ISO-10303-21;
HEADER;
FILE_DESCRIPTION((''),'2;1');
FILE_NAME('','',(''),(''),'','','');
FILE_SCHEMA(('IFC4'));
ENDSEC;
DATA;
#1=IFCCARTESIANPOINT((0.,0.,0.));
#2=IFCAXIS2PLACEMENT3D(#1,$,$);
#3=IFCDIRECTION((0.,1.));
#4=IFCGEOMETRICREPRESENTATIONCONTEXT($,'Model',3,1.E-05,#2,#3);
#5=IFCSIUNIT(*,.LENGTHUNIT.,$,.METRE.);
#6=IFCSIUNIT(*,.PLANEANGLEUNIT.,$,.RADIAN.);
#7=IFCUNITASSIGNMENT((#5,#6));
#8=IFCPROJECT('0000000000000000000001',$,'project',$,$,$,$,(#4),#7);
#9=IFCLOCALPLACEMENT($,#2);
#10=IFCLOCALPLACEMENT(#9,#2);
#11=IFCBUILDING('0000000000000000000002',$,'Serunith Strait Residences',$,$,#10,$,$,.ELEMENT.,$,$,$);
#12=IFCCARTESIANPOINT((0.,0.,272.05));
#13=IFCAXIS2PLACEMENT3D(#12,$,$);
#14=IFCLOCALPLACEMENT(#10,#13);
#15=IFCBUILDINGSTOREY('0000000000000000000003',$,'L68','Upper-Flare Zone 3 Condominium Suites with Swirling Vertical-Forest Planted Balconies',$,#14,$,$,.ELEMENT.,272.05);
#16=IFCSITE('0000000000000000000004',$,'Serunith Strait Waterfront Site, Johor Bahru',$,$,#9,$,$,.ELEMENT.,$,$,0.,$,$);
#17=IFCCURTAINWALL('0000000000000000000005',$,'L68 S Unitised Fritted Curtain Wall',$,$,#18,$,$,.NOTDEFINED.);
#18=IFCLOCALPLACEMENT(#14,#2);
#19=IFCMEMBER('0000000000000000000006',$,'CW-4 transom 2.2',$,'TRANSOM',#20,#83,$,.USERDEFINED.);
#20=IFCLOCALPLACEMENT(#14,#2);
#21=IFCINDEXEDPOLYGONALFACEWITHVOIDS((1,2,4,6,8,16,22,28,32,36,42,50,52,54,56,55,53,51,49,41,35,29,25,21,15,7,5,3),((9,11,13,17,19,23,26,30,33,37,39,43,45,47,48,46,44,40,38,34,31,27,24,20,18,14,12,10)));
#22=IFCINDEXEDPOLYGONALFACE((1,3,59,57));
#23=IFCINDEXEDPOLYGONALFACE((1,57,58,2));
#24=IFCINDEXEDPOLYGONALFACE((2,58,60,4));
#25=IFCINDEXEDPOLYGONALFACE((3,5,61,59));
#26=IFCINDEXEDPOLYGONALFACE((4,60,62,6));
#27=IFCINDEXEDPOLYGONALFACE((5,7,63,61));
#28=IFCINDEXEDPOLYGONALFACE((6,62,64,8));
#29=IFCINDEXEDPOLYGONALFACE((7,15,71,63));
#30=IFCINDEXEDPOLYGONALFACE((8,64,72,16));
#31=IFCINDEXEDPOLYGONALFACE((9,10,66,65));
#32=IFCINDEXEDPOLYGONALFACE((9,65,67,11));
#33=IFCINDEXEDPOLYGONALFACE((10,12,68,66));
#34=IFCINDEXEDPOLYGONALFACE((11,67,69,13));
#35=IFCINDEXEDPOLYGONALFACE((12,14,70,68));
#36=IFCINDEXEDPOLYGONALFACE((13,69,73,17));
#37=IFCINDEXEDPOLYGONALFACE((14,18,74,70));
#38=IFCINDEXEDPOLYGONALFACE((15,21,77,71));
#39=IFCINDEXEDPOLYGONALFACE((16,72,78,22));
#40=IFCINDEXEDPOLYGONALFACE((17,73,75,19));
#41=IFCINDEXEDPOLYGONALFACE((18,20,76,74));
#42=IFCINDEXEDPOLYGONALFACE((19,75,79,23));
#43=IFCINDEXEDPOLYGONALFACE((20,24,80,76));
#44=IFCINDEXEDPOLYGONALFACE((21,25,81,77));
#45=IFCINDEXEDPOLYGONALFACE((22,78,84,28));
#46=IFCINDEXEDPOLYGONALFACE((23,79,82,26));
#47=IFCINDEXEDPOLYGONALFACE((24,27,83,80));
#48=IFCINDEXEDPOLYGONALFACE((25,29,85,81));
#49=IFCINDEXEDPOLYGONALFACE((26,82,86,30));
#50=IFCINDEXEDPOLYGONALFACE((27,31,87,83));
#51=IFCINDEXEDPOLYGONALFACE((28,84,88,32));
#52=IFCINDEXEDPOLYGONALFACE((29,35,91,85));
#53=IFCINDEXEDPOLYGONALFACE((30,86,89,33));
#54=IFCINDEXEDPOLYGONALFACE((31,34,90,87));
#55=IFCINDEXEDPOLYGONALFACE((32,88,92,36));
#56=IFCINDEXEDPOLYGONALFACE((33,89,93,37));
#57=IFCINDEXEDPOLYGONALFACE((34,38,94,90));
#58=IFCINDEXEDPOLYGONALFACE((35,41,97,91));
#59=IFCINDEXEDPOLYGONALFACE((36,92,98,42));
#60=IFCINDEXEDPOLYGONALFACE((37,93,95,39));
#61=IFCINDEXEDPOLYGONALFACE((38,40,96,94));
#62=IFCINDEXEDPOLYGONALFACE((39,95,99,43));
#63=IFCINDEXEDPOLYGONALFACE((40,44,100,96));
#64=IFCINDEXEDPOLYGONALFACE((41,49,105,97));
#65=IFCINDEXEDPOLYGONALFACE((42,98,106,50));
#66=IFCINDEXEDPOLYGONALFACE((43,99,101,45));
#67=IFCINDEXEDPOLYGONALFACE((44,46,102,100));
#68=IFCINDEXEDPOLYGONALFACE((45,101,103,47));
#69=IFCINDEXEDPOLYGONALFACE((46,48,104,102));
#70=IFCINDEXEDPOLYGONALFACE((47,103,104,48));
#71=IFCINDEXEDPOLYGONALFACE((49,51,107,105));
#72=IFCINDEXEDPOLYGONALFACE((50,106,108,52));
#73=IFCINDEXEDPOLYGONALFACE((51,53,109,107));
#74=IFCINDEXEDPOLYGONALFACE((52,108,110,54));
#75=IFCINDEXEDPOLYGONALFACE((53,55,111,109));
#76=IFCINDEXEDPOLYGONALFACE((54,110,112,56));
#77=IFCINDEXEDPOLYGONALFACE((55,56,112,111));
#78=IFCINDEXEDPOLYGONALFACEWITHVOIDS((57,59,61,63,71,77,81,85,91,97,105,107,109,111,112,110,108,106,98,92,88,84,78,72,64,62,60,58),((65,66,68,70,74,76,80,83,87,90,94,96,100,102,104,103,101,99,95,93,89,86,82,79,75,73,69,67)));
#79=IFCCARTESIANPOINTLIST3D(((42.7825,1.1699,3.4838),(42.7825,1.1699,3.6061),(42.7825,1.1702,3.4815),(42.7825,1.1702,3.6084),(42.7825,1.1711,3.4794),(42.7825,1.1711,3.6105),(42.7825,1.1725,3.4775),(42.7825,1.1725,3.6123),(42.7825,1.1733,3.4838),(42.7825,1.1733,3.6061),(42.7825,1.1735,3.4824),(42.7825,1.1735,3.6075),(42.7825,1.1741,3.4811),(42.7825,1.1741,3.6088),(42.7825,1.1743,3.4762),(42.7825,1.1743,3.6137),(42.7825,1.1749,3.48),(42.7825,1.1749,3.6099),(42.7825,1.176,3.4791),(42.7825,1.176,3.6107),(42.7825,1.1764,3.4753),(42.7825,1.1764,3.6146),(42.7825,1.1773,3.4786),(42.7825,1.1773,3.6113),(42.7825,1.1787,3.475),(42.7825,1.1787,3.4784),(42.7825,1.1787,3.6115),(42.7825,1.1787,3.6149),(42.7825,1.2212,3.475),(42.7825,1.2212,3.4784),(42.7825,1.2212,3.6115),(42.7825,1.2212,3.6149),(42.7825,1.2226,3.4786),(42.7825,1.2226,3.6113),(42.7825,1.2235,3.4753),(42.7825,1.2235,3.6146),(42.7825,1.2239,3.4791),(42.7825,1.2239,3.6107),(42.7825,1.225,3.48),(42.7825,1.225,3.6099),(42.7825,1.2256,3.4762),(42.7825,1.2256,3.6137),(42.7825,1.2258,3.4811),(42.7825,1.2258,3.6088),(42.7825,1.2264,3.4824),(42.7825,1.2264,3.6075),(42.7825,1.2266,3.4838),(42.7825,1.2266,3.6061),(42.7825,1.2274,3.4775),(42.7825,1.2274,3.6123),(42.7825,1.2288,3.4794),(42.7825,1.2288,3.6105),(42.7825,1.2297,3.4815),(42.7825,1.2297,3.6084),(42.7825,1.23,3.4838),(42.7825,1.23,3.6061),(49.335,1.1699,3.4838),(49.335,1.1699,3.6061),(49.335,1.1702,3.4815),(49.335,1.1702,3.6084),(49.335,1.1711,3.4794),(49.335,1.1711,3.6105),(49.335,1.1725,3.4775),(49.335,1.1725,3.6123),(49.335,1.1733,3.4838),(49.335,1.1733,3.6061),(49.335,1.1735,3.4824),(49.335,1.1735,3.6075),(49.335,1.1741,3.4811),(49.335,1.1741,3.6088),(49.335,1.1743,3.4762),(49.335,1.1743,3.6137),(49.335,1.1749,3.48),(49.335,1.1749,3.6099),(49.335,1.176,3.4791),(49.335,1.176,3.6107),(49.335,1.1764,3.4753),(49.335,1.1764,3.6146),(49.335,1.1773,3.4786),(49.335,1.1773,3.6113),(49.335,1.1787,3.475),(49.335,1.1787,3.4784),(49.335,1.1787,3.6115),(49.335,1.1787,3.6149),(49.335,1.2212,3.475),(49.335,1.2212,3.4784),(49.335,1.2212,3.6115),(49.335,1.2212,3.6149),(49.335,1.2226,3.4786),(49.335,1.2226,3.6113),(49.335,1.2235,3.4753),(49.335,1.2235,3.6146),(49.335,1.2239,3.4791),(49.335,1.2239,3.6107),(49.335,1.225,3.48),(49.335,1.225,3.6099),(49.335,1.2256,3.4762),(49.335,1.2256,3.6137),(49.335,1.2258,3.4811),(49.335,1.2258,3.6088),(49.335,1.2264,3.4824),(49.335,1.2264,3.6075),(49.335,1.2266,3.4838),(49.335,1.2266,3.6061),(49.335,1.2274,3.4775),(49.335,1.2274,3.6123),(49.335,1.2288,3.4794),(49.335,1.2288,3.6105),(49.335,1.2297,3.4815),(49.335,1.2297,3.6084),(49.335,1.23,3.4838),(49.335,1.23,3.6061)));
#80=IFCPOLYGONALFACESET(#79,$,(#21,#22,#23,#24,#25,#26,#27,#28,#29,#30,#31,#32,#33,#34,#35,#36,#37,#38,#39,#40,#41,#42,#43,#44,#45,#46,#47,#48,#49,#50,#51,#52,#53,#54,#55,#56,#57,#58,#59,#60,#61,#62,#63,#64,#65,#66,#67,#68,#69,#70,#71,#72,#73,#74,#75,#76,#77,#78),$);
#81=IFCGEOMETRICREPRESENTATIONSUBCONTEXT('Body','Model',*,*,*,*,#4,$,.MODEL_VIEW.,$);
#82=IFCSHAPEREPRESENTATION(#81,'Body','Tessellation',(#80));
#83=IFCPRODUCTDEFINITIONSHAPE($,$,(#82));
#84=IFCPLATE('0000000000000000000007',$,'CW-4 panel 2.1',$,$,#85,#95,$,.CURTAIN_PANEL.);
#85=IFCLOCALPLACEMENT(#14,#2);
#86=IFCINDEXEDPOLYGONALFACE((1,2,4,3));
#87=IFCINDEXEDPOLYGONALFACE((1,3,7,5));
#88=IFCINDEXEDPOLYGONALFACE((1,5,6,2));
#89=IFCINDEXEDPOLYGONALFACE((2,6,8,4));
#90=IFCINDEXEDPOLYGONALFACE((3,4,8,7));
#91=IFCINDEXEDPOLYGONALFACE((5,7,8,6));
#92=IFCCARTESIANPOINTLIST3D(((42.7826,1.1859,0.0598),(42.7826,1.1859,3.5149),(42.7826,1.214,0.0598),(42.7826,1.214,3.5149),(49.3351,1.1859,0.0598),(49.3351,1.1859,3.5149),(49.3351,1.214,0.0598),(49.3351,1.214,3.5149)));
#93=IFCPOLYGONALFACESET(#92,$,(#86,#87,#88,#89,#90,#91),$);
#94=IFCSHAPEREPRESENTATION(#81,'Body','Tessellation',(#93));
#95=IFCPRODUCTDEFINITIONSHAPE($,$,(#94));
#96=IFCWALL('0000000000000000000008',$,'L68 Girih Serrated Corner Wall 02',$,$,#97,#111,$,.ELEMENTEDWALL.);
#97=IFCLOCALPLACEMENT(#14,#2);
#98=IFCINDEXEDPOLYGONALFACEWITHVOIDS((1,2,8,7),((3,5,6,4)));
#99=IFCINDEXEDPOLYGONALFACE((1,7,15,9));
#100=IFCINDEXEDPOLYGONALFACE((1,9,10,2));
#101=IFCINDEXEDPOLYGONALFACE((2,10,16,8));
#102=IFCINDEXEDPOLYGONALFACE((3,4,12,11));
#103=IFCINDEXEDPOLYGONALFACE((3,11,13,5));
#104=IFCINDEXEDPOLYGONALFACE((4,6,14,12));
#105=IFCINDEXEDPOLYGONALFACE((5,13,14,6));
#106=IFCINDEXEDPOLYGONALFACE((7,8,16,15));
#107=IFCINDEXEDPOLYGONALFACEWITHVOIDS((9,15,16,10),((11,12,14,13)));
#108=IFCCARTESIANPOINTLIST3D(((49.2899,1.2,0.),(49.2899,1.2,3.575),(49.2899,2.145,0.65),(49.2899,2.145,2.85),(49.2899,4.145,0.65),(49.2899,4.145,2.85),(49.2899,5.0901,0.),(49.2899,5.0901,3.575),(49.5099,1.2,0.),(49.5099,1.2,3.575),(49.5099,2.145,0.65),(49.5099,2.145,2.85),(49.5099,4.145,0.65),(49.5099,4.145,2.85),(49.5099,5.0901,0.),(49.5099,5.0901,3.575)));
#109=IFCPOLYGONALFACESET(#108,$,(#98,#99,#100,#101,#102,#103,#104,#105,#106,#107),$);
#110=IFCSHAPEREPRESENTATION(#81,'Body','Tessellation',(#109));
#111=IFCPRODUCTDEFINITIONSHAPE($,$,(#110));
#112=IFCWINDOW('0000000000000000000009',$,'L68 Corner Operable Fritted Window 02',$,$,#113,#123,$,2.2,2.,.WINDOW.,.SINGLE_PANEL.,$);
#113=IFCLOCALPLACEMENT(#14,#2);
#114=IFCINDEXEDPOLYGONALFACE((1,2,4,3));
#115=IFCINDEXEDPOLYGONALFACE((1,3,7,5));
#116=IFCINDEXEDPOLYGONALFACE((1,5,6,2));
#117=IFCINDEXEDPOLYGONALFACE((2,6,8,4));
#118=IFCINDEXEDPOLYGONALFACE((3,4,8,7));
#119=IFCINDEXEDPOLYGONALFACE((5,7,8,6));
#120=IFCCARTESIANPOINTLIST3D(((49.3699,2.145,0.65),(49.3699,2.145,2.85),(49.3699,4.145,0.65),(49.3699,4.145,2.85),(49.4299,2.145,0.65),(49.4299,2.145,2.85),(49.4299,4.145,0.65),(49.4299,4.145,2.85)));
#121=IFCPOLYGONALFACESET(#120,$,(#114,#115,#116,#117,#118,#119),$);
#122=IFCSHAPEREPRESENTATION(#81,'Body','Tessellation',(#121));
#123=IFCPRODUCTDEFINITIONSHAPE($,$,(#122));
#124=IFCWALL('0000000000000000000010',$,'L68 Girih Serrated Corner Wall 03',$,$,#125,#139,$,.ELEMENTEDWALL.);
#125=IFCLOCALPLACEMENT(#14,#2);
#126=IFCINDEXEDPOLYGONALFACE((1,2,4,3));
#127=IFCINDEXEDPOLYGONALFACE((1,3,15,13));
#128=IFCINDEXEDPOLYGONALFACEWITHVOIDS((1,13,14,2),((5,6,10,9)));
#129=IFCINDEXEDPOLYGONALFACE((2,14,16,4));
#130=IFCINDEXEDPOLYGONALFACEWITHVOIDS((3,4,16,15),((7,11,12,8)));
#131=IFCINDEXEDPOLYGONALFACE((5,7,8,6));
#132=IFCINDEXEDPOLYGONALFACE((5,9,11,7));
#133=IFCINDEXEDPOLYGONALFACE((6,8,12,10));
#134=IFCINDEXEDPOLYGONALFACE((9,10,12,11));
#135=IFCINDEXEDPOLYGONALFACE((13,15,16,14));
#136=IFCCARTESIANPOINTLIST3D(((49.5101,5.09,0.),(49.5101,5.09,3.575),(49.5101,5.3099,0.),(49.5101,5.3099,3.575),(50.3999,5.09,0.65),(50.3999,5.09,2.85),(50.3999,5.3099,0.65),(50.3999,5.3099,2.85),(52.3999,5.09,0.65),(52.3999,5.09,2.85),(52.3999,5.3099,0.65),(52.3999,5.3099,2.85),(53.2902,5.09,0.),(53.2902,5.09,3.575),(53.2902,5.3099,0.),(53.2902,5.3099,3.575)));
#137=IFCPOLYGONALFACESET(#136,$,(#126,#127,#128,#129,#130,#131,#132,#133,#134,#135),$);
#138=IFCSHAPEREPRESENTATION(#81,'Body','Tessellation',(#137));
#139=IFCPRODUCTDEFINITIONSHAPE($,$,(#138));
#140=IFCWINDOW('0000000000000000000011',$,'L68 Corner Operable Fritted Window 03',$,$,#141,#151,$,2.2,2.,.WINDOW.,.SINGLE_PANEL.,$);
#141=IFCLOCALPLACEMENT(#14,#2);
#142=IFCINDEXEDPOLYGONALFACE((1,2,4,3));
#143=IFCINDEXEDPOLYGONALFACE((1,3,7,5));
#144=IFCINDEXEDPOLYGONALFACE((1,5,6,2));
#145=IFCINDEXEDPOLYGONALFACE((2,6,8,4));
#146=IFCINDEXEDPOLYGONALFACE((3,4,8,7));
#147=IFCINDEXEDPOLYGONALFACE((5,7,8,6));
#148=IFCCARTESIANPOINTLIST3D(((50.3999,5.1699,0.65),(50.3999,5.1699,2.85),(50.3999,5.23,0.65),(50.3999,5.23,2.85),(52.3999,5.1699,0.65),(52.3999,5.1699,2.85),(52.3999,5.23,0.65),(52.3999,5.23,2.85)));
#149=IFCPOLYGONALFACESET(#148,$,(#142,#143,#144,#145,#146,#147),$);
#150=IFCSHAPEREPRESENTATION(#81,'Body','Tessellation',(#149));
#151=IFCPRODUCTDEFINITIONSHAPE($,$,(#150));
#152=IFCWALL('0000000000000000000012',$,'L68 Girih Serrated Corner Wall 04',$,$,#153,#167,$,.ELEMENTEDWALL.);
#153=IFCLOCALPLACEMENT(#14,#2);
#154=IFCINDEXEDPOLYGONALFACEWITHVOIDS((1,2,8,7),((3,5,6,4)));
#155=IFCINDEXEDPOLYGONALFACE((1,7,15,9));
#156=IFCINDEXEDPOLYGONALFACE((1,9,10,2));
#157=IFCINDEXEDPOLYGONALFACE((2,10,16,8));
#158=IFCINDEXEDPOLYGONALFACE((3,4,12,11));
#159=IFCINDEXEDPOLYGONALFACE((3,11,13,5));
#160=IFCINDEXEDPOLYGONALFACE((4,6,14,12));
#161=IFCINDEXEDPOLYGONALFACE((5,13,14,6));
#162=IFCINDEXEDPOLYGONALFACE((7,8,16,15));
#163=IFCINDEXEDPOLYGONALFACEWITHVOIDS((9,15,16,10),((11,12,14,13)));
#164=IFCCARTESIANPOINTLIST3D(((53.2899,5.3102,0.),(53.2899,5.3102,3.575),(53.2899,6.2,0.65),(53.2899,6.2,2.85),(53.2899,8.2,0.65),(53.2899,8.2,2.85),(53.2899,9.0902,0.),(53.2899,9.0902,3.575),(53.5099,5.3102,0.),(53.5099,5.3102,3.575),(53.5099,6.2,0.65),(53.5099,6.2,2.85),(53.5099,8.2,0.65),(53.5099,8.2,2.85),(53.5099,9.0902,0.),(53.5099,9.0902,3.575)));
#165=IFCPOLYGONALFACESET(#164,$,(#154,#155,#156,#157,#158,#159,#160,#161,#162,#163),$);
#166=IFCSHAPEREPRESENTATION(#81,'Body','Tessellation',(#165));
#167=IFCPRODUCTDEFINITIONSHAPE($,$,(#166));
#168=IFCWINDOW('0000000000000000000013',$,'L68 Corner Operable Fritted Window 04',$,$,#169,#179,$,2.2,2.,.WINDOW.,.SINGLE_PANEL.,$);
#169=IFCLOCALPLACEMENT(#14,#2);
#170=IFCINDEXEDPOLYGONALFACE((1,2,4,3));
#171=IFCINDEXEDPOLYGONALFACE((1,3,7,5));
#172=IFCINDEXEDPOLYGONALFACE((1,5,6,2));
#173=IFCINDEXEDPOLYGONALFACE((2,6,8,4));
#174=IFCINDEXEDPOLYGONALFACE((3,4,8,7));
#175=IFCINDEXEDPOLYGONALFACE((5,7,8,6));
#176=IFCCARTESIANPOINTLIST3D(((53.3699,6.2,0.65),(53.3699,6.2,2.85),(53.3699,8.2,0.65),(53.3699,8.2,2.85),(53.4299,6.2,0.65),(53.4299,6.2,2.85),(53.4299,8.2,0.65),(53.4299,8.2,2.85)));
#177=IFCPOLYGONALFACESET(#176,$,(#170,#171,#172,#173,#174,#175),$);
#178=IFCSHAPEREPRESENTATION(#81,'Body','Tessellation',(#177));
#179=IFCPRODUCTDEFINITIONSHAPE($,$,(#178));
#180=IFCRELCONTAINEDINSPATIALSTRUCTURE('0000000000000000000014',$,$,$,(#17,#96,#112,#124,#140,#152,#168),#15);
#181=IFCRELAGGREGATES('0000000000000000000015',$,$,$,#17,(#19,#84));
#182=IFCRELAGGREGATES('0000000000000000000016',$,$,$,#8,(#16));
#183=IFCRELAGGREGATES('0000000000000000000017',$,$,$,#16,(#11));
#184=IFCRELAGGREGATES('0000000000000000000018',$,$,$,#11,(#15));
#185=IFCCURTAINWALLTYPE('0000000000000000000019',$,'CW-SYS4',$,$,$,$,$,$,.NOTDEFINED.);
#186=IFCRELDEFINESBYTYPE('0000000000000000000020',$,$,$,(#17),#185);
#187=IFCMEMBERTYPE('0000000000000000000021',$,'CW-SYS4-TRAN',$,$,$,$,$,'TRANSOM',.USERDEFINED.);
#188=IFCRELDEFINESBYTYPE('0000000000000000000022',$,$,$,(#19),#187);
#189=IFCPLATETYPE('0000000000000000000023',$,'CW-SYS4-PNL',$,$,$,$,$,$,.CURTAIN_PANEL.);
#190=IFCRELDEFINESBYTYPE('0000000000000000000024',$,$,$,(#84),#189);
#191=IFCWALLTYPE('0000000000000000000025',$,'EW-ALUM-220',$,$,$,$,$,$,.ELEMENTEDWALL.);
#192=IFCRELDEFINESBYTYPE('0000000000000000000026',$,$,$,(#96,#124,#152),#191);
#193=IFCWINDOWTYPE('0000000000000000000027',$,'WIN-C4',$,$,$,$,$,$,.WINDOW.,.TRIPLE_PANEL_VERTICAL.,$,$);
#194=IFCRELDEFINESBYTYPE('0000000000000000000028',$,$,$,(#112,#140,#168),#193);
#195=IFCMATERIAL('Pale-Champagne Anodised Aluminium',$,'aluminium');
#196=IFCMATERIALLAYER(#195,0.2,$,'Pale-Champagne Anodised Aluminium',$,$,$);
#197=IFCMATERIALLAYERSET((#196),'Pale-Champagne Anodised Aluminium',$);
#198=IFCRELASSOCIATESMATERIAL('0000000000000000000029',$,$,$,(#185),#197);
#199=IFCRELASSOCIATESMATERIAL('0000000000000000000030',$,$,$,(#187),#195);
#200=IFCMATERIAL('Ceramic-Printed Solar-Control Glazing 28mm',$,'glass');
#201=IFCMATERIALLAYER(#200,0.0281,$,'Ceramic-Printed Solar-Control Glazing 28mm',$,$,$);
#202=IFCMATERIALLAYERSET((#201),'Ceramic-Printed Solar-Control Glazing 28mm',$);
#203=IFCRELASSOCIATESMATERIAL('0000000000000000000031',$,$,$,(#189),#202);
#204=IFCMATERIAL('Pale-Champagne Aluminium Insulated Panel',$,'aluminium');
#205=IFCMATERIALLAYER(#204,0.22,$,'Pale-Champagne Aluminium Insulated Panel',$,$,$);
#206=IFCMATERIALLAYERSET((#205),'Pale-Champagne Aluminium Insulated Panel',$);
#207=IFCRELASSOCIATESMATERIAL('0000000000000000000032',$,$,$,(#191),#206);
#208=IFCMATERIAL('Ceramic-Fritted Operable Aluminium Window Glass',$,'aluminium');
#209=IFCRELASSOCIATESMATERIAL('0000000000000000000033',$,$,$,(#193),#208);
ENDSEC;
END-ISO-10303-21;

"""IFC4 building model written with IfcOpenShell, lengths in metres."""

from ifc_helpers import new_model, si_unit, direction, frame, frame_2d, origin, origin_2d, place, context, subcontext, project, spatial, rectangle, hollow_rectangle, extrude, source, transform, mapped, material, layer, layer_set, material_profile, profile_set, type_object, element, fill, aggregate, save


model = new_model("IFC4")

# Units and contexts
model_context = context("Model", 3, precision=1e-05, world=origin(), true_north=direction((0.0, 1.0)))
body_context = subcontext(model_context, "Body", "Model", "MODEL_VIEW")
ifc_project = project(units=[si_unit("LENGTHUNIT", "METRE"), si_unit("PLANEANGLEUNIT", "RADIAN")], contexts=[model_context])

# Site, building, storey
site_placement = place(None, origin())
site = spatial("IfcSite", under=ifc_project, at=site_placement, Name="Serunith Strait Waterfront Site, Johor Bahru", CompositionType="ELEMENT", RefElevation=0.0)
building_placement = place(site_placement, origin())
building = spatial("IfcBuilding", under=site, at=building_placement, Name="Serunith Strait Residences", CompositionType="ELEMENT")
storey_placement = place(building_placement, frame((0.0, 0.0, 272.05)))
storey = spatial("IfcBuildingStorey", under=building, at=storey_placement, Name="L68", Description="Upper-Flare Zone 3 Condominium Suites with Swirling Vertical-Forest Planted Balconies", CompositionType="ELEMENT", Elevation=272.05)

# Curtain wall
ifc_material_1 = material(Name="Pale-Champagne Anodised Aluminium", Category="aluminium")
ifc_layer_1 = layer(ifc_material_1, 0.2, Name="Pale-Champagne Anodised Aluminium")
ifc_layer_set_1 = layer_set([ifc_layer_1], Name="Pale-Champagne Anodised Aluminium")
curtain_wall_type = type_object("IfcCurtainWallType", Name="CW-SYS4", PredefinedType="NOTDEFINED", material=ifc_layer_set_1)
curtain_wall_1_placement = place(storey_placement, origin())
curtain_wall_1 = element("IfcCurtainWall", 1, at=curtain_wall_1_placement, inside=storey, type_object=curtain_wall_type, Name="L68 S Unitised Fritted Curtain Wall", PredefinedType="NOTDEFINED")
ifc_material_profile_1 = material_profile(ifc_material_1, hollow_rectangle(XDim=0.0601, YDim=0.1399, WallThickness=0.0034, InnerFilletRadius=0.0054, OuterFilletRadius=0.0088, at=origin_2d()), Name="ALU 140x60x3.5")
ifc_profile_set_1 = profile_set([ifc_material_profile_1], Name="Pale-Champagne Anodised Aluminium")
member_type_1 = type_object("IfcMemberType", Name="CW-SYS4-TRAN", ElementType="TRANSOM", PredefinedType="USERDEFINED", material=ifc_profile_set_1)

# Member
shared_shape_1 = source(origin(), body_context, "Body", "SweptSolid", [
    extrude(hollow_rectangle(XDim=0.0601, YDim=0.1399, WallThickness=0.0034, InnerFilletRadius=0.0054, OuterFilletRadius=0.0088, at=origin_2d()), origin(), (0.0, 0.0, 1.0), 6.5525),
])
member_1_placement = place(storey_placement, frame((42.7825, 1.2, 3.5449), z_axis=(1.0, 0.0, 0.0), x_axis=(0.0, 1.0, 0.0)))
member_1 = element("IfcMember", 2, at=member_1_placement, type_object=member_type_1, Name="CW-4 transom 2.2", ObjectType="TRANSOM", PredefinedType="USERDEFINED", context=body_context, shape_type="MappedRepresentation", body=[
    mapped(shared_shape_1, transform((0.0, 0.0, 0.0), scale=1.0)),
])

# Plate
ifc_material_2 = material(Name="Ceramic-Printed Solar-Control Glazing 28mm", Category="glass")
ifc_layer_2 = layer(ifc_material_2, 0.0281, Name="Ceramic-Printed Solar-Control Glazing 28mm")
ifc_layer_set_2 = layer_set([ifc_layer_2], Name="Ceramic-Printed Solar-Control Glazing 28mm")
plate_type = type_object("IfcPlateType", Name="CW-SYS4-PNL", PredefinedType="CURTAIN_PANEL", material=ifc_layer_set_2)
shared_shape_2 = source(origin(), body_context, "Body", "SweptSolid", [
    extrude(rectangle(XDim=6.5525, YDim=0.0281, at=origin_2d()), origin(), (0.0, 0.0, 1.0), 3.4551),
])
plate_placement = place(storey_placement, frame((46.0588, 1.2, 0.0598), z_axis=(0.0, 0.0, 1.0), x_axis=(1.0, 0.0, 0.0)))
plate = element("IfcPlate", 3, at=plate_placement, type_object=plate_type, Name="CW-4 panel 2.1", PredefinedType="CURTAIN_PANEL", context=body_context, shape_type="MappedRepresentation", body=[
    mapped(shared_shape_2, transform((0.0, 0.0, 0.0), scale=1.0)),
])
aggregate(curtain_wall_1, [member_1, plate])

# Walls, openings, windows
ifc_material_3 = material(Name="Pale-Champagne Aluminium Insulated Panel", Category="aluminium")
ifc_layer_3 = layer(ifc_material_3, 0.22, Name="Pale-Champagne Aluminium Insulated Panel")
ifc_layer_set_3 = layer_set([ifc_layer_3], Name="Pale-Champagne Aluminium Insulated Panel")
wall_type = type_object("IfcWallType", Name="EW-ALUM-220", PredefinedType="ELEMENTEDWALL", material=ifc_layer_set_3)
wall_1_placement = place(storey_placement, frame((49.3999, 1.2, 0.0), z_axis=(0.0, 0.0, 1.0), x_axis=(0.0, 1.0, 0.0)))
wall_1 = element("IfcWall", 4, at=wall_1_placement, inside=storey, type_object=wall_type, Name="L68 Girih Serrated Corner Wall 02", PredefinedType="ELEMENTEDWALL", context=body_context, shape_type="SweptSolid", body=[
    extrude(rectangle(XDim=3.8901, YDim=0.22, at=frame_2d((1.9451, 0.0))), origin(), (0.0, 0.0, 1.0), 3.575),
])
opening_1_placement = place(wall_1_placement, frame((0.9451, 0.0, 0.6499)))
opening_1 = element("IfcOpeningElement", 5, at=opening_1_placement, cuts=wall_1, PredefinedType="OPENING", context=body_context, shape_type="SweptSolid", body=[
    extrude(rectangle(XDim=2.0, YDim=2.2, at=frame_2d((1.0, 1.1001))), frame((0.0, 0.1201, 0.0), z_axis=(0.0, -1.0, 0.0), x_axis=(1.0, 0.0, 0.0)), (0.0, 0.0, 1.0), 0.24),
])
ifc_material_4 = material(Name="Ceramic-Fritted Operable Aluminium Window Glass", Category="aluminium")
window_type = type_object("IfcWindowType", Name="WIN-C4", PartitioningType="TRIPLE_PANEL_VERTICAL", PredefinedType="WINDOW", material=ifc_material_4)
shared_shape_3 = source(origin(), body_context, "Body", "SweptSolid", [
    extrude(rectangle(XDim=2.0, YDim=2.2, at=frame_2d((1.0, 1.1001))), frame((0.0, 0.03, 0.0), z_axis=(0.0, -1.0, 0.0), x_axis=(1.0, 0.0, 0.0)), (0.0, 0.0, 1.0), 0.0601),
])
window_1_placement = place(opening_1_placement, origin())
window_1 = element("IfcWindow", 6, at=window_1_placement, inside=storey, type_object=window_type, Name="L68 Corner Operable Fritted Window 02", OverallHeight=2.2, OverallWidth=2.0, PartitioningType="SINGLE_PANEL", PredefinedType="WINDOW", context=body_context, shape_type="MappedRepresentation", body=[
    mapped(shared_shape_3, transform((0.0, 0.0, 0.0), scale=1.0)),
])
fill(opening_1, window_1)
wall_2_placement = place(storey_placement, frame((49.51, 5.2, 0.0), z_axis=(0.0, 0.0, 1.0), x_axis=(1.0, 0.0, 0.0)))
wall_2 = element("IfcWall", 7, at=wall_2_placement, inside=storey, type_object=wall_type, Name="L68 Girih Serrated Corner Wall 03", PredefinedType="ELEMENTEDWALL", context=body_context, shape_type="SweptSolid", body=[
    extrude(rectangle(XDim=3.78, YDim=0.22, at=frame_2d((1.8901, 0.0))), origin(), (0.0, 0.0, 1.0), 3.575),
])
opening_2_placement = place(wall_2_placement, frame((0.8899, 0.0, 0.6499)))
opening_2 = element("IfcOpeningElement", 8, at=opening_2_placement, cuts=wall_2, PredefinedType="OPENING", context=body_context, shape_type="SweptSolid", body=[
    extrude(rectangle(XDim=2.0, YDim=2.2, at=frame_2d((1.0, 1.1001))), frame((0.0, 0.1201, 0.0), z_axis=(0.0, -1.0, 0.0), x_axis=(1.0, 0.0, 0.0)), (0.0, 0.0, 1.0), 0.24),
])
window_2_placement = place(opening_2_placement, origin())
window_2 = element("IfcWindow", 9, at=window_2_placement, inside=storey, type_object=window_type, Name="L68 Corner Operable Fritted Window 03", OverallHeight=2.2, OverallWidth=2.0, PartitioningType="SINGLE_PANEL", PredefinedType="WINDOW", context=body_context, shape_type="MappedRepresentation", body=[
    mapped(shared_shape_3, transform((0.0, 0.0, 0.0), scale=1.0)),
])
fill(opening_2, window_2)
wall_3_placement = place(storey_placement, frame((53.3999, 5.3101, 0.0), z_axis=(0.0, 0.0, 1.0), x_axis=(0.0, 1.0, 0.0)))
wall_3 = element("IfcWall", 10, at=wall_3_placement, inside=storey, type_object=wall_type, Name="L68 Girih Serrated Corner Wall 04", PredefinedType="ELEMENTEDWALL", context=body_context, shape_type="SweptSolid", body=[
    extrude(rectangle(XDim=3.78, YDim=0.22, at=frame_2d((1.8901, 0.0))), origin(), (0.0, 0.0, 1.0), 3.575),
])
opening_3_placement = place(wall_3_placement, frame((0.8899, 0.0, 0.6499)))
opening_3 = element("IfcOpeningElement", 11, at=opening_3_placement, cuts=wall_3, PredefinedType="OPENING", context=body_context, shape_type="SweptSolid", body=[
    extrude(rectangle(XDim=2.0, YDim=2.2, at=frame_2d((1.0, 1.1001))), frame((0.0, 0.1201, 0.0), z_axis=(0.0, -1.0, 0.0), x_axis=(1.0, 0.0, 0.0)), (0.0, 0.0, 1.0), 0.24),
])
window_3_placement = place(opening_3_placement, origin())
window_3 = element("IfcWindow", 12, at=window_3_placement, inside=storey, type_object=window_type, Name="L68 Corner Operable Fritted Window 04", OverallHeight=2.2, OverallWidth=2.0, PartitioningType="SINGLE_PANEL", PredefinedType="WINDOW", context=body_context, shape_type="MappedRepresentation", body=[
    mapped(shared_shape_3, transform((0.0, 0.0, 0.0), scale=1.0)),
])
fill(opening_3, window_3)

save(model, "model.ifc")
